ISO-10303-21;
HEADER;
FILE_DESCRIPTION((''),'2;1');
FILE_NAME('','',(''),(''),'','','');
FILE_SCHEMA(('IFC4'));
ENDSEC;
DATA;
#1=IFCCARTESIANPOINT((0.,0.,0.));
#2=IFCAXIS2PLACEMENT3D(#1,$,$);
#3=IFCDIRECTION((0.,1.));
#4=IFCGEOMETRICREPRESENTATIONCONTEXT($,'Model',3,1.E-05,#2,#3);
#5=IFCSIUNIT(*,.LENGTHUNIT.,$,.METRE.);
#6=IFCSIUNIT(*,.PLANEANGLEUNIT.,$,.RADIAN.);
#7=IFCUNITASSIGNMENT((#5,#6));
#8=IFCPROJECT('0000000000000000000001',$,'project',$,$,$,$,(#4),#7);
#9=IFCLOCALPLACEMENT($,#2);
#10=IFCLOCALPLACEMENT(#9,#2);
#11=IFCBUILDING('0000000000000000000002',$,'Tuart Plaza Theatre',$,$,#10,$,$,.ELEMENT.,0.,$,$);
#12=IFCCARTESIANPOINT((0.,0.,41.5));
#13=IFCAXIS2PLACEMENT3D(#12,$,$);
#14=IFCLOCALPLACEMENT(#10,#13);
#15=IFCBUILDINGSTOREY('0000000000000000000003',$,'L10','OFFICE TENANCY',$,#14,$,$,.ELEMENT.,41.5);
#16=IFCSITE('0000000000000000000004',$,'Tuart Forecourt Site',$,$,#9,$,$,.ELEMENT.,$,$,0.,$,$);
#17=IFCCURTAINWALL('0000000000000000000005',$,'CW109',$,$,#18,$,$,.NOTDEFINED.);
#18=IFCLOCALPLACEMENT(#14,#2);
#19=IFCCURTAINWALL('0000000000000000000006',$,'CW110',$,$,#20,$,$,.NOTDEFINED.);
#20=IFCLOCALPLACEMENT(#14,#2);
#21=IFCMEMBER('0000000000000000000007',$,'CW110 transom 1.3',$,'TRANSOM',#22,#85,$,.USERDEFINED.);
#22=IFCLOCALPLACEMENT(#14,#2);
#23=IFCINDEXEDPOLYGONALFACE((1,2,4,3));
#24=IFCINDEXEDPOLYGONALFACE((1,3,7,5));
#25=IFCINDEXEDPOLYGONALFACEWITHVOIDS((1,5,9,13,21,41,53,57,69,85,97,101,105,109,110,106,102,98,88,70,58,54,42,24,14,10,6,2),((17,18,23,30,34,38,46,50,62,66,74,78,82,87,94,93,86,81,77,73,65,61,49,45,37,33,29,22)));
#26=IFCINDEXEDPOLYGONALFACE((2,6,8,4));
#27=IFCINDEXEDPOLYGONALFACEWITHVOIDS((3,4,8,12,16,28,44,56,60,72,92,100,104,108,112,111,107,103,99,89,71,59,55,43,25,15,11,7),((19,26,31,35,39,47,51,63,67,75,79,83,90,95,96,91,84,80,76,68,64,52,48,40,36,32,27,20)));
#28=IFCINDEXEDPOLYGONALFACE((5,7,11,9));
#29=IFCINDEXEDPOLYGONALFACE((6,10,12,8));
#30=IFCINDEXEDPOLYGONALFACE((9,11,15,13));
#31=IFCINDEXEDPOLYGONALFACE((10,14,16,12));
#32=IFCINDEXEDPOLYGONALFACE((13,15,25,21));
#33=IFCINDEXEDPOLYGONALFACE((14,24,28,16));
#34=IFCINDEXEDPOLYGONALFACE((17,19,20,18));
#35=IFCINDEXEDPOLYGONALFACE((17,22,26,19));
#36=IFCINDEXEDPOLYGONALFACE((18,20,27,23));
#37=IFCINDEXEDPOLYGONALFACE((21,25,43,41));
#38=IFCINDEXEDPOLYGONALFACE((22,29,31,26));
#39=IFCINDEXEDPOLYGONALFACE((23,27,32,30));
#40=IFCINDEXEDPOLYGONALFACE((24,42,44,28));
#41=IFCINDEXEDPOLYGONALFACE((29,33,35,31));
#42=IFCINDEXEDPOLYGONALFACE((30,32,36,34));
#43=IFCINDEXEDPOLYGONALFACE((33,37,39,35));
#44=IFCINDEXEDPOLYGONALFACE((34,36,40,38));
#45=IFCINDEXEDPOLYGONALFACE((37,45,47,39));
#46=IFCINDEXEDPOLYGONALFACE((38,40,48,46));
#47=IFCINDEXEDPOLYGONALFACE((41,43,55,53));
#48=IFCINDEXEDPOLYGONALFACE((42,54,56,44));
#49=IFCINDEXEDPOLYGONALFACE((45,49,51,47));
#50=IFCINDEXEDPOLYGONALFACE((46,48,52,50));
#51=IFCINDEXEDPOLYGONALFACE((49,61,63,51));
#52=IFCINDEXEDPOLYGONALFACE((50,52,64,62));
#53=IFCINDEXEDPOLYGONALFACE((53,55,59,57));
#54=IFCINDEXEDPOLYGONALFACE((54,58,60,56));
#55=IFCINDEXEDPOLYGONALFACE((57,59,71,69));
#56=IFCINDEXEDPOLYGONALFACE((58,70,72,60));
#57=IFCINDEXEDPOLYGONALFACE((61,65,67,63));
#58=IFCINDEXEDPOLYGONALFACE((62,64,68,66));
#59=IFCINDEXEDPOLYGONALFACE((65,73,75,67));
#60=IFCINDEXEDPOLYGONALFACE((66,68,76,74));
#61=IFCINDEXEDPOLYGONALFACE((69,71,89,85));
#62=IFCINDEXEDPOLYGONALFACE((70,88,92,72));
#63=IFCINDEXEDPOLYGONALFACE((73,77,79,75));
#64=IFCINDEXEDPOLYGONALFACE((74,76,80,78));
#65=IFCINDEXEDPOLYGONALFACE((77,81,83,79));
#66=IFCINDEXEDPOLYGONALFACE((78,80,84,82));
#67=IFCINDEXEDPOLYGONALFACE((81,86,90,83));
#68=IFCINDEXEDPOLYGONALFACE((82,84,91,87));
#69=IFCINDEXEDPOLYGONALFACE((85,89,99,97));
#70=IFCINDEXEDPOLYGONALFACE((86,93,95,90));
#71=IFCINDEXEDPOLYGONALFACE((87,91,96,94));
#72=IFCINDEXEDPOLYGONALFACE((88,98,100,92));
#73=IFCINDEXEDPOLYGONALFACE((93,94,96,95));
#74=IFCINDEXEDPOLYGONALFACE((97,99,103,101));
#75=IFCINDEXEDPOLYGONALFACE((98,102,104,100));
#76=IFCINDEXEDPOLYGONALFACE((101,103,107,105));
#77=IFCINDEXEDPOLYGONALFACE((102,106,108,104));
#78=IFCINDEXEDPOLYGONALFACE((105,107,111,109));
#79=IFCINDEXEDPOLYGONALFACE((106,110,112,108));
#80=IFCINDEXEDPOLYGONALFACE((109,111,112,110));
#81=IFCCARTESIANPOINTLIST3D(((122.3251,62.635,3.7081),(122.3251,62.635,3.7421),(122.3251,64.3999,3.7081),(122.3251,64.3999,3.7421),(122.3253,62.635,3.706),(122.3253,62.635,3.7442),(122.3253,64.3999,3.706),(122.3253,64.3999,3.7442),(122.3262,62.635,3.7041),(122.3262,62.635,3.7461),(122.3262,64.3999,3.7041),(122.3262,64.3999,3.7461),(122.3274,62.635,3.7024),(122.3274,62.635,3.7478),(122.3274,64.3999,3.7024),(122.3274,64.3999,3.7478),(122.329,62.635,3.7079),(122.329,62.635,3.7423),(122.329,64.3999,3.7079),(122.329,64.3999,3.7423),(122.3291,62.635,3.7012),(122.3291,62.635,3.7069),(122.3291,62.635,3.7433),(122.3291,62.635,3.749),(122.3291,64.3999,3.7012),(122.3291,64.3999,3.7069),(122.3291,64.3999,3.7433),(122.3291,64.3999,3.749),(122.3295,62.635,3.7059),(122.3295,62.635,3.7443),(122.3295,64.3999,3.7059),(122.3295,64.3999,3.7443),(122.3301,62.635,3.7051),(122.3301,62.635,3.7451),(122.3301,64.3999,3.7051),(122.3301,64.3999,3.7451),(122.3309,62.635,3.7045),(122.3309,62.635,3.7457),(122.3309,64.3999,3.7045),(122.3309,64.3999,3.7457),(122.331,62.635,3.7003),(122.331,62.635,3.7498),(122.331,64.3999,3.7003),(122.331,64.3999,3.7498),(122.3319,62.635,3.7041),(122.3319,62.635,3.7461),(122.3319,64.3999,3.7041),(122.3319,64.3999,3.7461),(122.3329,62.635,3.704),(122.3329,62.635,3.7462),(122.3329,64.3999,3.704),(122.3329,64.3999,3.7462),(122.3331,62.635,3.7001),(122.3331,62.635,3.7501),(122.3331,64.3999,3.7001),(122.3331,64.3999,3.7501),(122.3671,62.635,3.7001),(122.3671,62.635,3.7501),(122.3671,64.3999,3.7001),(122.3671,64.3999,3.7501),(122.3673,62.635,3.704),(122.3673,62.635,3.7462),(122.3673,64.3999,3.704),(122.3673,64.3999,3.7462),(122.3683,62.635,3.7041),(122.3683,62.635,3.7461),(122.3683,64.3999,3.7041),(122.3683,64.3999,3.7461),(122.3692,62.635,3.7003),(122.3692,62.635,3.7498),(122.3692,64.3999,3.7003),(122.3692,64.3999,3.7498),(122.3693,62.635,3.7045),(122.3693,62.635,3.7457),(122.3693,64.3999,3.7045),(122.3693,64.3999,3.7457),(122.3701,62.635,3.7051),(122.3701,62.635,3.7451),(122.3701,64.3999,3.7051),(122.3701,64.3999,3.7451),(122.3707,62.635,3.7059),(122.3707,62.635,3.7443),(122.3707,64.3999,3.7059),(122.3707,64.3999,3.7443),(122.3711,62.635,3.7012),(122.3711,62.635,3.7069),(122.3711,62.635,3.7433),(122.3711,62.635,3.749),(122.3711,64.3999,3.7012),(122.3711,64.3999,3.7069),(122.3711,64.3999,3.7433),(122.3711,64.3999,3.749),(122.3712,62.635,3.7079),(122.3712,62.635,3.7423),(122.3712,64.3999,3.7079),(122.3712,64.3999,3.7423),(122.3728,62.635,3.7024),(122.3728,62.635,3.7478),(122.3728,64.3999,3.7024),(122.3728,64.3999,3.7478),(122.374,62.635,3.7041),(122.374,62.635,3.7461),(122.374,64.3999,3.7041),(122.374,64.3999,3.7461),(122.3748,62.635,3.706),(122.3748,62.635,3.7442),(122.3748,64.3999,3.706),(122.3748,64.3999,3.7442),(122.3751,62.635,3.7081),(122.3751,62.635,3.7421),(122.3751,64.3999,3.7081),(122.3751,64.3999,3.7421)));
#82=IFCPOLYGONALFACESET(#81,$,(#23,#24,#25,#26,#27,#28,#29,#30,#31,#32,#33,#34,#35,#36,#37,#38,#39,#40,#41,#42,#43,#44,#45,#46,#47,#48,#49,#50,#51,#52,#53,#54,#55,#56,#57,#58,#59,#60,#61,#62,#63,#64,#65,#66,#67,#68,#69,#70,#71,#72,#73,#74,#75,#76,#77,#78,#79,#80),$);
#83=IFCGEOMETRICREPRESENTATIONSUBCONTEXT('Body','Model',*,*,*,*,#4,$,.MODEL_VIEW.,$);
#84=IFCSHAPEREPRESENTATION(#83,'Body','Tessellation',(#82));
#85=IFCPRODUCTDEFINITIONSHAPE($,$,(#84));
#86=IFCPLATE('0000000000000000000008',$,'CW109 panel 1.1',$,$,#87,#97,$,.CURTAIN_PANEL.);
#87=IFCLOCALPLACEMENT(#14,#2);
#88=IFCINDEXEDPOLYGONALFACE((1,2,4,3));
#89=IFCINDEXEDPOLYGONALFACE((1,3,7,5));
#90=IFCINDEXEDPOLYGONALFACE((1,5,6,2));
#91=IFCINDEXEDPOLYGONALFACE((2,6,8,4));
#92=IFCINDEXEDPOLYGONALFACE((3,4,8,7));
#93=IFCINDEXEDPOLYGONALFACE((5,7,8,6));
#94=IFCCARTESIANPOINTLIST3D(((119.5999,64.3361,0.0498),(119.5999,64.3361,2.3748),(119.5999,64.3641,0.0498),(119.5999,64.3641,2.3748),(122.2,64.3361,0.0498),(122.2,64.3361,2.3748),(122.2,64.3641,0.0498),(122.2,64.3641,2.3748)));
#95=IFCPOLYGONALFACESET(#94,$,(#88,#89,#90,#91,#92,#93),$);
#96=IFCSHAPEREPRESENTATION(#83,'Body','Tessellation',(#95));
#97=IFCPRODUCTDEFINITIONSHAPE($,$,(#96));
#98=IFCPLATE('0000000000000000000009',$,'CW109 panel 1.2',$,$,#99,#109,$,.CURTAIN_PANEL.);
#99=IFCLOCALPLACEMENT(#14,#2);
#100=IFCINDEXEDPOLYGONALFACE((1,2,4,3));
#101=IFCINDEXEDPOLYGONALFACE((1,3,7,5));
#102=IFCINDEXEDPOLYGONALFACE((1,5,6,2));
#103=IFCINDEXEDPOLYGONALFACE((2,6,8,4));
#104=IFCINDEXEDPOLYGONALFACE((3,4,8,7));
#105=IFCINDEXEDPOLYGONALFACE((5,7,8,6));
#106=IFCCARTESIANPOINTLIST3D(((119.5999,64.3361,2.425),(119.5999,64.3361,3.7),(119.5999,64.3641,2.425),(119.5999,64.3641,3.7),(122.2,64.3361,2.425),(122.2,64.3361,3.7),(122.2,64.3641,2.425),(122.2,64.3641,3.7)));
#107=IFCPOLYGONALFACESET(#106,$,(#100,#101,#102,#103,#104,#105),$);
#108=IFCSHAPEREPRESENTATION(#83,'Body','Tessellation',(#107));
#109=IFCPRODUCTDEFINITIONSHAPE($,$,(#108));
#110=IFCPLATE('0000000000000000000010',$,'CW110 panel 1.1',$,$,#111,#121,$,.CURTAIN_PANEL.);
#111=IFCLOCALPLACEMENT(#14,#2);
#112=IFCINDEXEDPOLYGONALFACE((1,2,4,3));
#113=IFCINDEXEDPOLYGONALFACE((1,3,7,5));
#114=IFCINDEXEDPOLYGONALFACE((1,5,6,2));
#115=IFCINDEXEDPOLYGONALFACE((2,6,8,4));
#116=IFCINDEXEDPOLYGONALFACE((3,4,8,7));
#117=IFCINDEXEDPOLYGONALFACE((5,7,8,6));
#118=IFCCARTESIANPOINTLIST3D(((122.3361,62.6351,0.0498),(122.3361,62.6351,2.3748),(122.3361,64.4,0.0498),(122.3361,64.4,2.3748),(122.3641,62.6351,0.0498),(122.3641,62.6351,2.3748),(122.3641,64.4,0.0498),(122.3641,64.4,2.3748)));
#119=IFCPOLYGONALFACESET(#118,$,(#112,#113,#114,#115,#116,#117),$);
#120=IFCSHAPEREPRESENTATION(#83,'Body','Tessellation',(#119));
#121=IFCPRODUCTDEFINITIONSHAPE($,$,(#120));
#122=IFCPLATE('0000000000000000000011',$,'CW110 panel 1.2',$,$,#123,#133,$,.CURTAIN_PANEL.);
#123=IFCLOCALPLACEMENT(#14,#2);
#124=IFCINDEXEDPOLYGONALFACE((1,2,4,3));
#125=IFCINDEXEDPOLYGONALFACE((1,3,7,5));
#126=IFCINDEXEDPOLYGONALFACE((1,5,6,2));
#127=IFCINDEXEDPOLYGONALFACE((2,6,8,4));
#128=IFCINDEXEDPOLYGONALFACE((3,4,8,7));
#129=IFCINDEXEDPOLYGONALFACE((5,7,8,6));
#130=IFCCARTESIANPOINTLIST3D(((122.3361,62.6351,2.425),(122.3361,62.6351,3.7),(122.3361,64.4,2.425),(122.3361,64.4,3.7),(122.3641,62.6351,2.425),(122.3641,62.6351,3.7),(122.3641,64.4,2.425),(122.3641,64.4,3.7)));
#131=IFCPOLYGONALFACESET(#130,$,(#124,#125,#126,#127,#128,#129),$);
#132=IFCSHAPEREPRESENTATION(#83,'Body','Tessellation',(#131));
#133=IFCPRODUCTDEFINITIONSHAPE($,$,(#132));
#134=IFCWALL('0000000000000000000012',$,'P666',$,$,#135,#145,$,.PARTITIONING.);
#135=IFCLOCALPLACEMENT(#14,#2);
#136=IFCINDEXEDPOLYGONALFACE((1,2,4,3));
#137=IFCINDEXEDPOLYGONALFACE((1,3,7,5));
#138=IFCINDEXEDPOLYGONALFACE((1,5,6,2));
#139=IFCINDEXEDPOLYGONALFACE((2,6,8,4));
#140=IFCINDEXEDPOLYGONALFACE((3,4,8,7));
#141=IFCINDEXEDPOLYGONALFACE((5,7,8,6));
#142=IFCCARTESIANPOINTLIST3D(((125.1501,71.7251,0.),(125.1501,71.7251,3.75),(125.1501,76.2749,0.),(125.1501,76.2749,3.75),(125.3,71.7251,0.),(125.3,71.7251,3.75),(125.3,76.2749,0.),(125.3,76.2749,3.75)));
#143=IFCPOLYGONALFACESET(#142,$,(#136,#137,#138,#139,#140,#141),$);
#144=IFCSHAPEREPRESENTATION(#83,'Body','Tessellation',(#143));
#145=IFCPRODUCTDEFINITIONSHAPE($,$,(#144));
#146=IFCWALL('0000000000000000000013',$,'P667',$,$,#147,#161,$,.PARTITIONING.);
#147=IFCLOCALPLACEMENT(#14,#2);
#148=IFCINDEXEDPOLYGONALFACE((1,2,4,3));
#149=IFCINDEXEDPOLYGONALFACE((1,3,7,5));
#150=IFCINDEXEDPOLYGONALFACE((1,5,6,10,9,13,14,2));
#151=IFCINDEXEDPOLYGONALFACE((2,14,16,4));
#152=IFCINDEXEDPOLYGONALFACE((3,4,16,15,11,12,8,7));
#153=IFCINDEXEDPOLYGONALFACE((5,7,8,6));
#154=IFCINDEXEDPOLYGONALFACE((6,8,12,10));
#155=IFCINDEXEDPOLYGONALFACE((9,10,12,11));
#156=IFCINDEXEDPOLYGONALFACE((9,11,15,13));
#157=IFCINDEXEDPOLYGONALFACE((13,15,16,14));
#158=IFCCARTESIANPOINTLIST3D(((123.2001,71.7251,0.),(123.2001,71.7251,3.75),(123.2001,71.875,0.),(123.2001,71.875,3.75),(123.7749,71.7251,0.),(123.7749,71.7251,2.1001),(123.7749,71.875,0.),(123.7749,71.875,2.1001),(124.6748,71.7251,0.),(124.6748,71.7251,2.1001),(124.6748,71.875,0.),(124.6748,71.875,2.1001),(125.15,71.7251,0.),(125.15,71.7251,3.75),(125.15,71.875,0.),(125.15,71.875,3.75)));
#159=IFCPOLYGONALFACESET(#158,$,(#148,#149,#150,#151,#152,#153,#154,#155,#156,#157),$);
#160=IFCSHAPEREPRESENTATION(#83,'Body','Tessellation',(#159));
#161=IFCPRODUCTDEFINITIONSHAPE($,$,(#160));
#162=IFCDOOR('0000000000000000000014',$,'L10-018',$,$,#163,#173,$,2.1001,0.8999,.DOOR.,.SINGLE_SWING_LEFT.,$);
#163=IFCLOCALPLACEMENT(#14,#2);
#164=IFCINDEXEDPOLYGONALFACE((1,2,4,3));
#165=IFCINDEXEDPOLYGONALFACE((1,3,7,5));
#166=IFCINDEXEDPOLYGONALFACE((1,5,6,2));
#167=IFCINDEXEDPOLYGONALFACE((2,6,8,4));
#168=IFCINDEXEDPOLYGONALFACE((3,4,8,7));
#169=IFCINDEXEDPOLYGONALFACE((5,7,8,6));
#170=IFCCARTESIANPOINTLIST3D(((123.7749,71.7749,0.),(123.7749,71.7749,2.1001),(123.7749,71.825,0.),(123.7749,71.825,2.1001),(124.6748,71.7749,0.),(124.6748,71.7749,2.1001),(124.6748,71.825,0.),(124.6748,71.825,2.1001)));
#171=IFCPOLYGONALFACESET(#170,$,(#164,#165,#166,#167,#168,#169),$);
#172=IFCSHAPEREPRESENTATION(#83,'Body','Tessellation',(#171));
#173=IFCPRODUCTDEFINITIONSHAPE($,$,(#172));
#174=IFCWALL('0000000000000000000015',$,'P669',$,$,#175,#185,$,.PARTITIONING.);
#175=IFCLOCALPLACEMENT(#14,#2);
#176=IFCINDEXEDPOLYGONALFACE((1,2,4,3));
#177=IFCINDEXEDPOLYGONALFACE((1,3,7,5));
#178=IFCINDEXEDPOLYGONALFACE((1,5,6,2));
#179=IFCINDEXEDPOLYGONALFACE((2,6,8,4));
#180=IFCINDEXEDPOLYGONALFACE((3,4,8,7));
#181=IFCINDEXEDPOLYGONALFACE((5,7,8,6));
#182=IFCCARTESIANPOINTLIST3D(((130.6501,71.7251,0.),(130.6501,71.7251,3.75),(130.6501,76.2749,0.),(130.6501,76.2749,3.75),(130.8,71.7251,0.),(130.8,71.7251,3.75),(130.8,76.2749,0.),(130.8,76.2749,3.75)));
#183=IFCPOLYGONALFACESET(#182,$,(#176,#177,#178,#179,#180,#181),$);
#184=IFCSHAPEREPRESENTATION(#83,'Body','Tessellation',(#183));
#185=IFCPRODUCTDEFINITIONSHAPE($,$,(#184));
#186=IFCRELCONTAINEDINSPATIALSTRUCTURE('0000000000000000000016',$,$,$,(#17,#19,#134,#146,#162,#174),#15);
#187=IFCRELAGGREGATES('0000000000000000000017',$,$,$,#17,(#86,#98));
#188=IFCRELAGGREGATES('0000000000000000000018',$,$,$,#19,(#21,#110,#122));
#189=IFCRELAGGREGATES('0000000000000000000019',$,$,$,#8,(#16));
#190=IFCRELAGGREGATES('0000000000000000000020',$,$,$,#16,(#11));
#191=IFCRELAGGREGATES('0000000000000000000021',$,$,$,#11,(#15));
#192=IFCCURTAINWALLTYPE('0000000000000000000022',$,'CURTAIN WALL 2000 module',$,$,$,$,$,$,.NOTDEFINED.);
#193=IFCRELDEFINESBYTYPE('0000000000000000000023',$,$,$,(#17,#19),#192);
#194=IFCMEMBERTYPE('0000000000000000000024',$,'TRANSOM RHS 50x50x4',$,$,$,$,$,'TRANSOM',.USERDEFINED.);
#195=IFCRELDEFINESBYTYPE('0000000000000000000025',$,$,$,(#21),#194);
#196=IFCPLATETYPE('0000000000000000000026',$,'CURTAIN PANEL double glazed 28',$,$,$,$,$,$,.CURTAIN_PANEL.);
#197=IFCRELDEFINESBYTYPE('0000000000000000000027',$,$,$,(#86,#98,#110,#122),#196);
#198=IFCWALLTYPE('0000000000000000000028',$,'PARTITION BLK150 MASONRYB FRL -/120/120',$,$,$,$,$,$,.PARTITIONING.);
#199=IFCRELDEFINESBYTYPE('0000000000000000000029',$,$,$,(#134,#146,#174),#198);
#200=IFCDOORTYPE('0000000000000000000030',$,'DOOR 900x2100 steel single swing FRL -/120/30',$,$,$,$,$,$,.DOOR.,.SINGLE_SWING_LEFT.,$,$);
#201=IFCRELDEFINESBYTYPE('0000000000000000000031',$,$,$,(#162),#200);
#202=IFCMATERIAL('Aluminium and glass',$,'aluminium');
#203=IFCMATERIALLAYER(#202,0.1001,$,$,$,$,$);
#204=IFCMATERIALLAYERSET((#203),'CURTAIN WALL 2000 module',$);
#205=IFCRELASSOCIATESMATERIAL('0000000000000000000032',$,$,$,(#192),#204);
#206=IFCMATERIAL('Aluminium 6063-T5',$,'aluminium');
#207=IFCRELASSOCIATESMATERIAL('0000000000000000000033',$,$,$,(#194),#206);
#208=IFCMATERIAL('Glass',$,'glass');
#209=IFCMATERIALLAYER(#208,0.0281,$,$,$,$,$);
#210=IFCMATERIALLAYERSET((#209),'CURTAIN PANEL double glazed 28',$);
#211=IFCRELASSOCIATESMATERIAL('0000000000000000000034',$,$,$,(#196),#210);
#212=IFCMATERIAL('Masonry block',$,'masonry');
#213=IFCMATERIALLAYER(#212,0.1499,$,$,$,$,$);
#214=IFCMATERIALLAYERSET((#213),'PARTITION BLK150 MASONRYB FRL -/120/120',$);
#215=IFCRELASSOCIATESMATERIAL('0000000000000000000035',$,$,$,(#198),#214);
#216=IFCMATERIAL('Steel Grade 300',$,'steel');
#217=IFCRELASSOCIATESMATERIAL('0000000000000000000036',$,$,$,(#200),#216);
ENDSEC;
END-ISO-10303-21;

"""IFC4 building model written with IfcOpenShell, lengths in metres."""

from ifc_helpers import new_model, si_unit, direction, frame, frame_2d, origin, origin_2d, place, context, subcontext, project, spatial, rectangle, hollow_rectangle, extrude, material, layer, layer_set, material_profile, profile_set, type_object, element, fill, aggregate, save


model = new_model("IFC4")

# Units and contexts
model_context = context("Model", 3, precision=1e-05, world=origin(), true_north=direction((0.0, 1.0)))
body_context = subcontext(model_context, "Body", "Model", "MODEL_VIEW")
ifc_project = project(units=[si_unit("LENGTHUNIT", "METRE"), si_unit("PLANEANGLEUNIT", "RADIAN")], contexts=[model_context])

# Site, building, storey
site_placement = place(None, origin())
site = spatial("IfcSite", under=ifc_project, at=site_placement, Name="Tuart Forecourt Site", CompositionType="ELEMENT", RefElevation=0.0)
building_placement = place(site_placement, origin())
building = spatial("IfcBuilding", under=site, at=building_placement, Name="Tuart Plaza Theatre", CompositionType="ELEMENT", ElevationOfRefHeight=0.0)
storey_placement = place(building_placement, frame((0.0, 0.0, 41.5)))
storey = spatial("IfcBuildingStorey", under=building, at=storey_placement, Name="L10", Description="OFFICE TENANCY", CompositionType="ELEMENT", Elevation=41.5)

# Curtain wall
ifc_material_1 = material(Name="Aluminium and glass", Category="aluminium")
ifc_layer_1 = layer(ifc_material_1, 0.1001)
ifc_layer_set_1 = layer_set([ifc_layer_1], Name="CURTAIN WALL 2000 module")
curtain_wall_type = type_object("IfcCurtainWallType", Name="CURTAIN WALL 2000 module", PredefinedType="NOTDEFINED", material=ifc_layer_set_1)
curtain_wall_1_placement = place(storey_placement, origin())
curtain_wall_1 = element("IfcCurtainWall", 1, at=curtain_wall_1_placement, inside=storey, type_object=curtain_wall_type, Name="CW109", PredefinedType="NOTDEFINED")

# Curtain wall
curtain_wall_2_placement = place(storey_placement, origin())
curtain_wall_2 = element("IfcCurtainWall", 2, at=curtain_wall_2_placement, inside=storey, type_object=curtain_wall_type, Name="CW110", PredefinedType="NOTDEFINED")

# Member
ifc_material_2 = material(Name="Aluminium 6063-T5", Category="aluminium")
ifc_material_profile_1 = material_profile(ifc_material_2, hollow_rectangle(XDim=0.05, YDim=0.05, WallThickness=0.0039, InnerFilletRadius=0.0039, OuterFilletRadius=0.0081, at=origin_2d()), Name="RHS 50x50x4")
ifc_profile_set_1 = profile_set([ifc_material_profile_1], Name="Aluminium 6063-T5")
member_type_1 = type_object("IfcMemberType", Name="TRANSOM RHS 50x50x4", ElementType="TRANSOM", PredefinedType="USERDEFINED", material=ifc_profile_set_1)
member_1_placement = place(storey_placement, frame((122.3501, 64.3999, 3.7251), z_axis=(0.0, -1.0, 0.0), x_axis=(1.0, 0.0, 0.0)))
member_1 = element("IfcMember", 3, at=member_1_placement, type_object=member_type_1, Name="CW110 transom 1.3", ObjectType="TRANSOM", PredefinedType="USERDEFINED", context=body_context, shape_type="SweptSolid", body=[
    extrude(hollow_rectangle(XDim=0.05, YDim=0.05, WallThickness=0.0039, InnerFilletRadius=0.0039, OuterFilletRadius=0.0081, at=origin_2d()), origin(), (0.0, 0.0, 1.0), 1.7649),
])

# Plates
ifc_material_3 = material(Name="Glass", Category="glass")
ifc_layer_2 = layer(ifc_material_3, 0.0281)
ifc_layer_set_2 = layer_set([ifc_layer_2], Name="CURTAIN PANEL double glazed 28")
plate_type = type_object("IfcPlateType", Name="CURTAIN PANEL double glazed 28", PredefinedType="CURTAIN_PANEL", material=ifc_layer_set_2)
plate_1_placement = place(storey_placement, frame((120.8999, 64.3501, 0.0498), z_axis=(0.0, 0.0, 1.0), x_axis=(1.0, 0.0, 0.0)))
plate_1 = element("IfcPlate", 4, at=plate_1_placement, type_object=plate_type, Name="CW109 panel 1.1", PredefinedType="CURTAIN_PANEL", context=body_context, shape_type="SweptSolid", body=[
    extrude(rectangle(XDim=2.6001, YDim=0.0281, at=origin_2d()), origin(), (0.0, 0.0, 1.0), 2.325),
])
plate_2_placement = place(storey_placement, frame((120.8999, 64.3501, 2.425), z_axis=(0.0, 0.0, 1.0), x_axis=(1.0, 0.0, 0.0)))
plate_2 = element("IfcPlate", 5, at=plate_2_placement, type_object=plate_type, Name="CW109 panel 1.2", PredefinedType="CURTAIN_PANEL", context=body_context, shape_type="SweptSolid", body=[
    extrude(rectangle(XDim=2.6001, YDim=0.0281, at=origin_2d()), origin(), (0.0, 0.0, 1.0), 1.2749),
])
aggregate(curtain_wall_1, [plate_1, plate_2])
plate_3_placement = place(storey_placement, frame((122.3501, 63.5176, 0.0498), z_axis=(0.0, 0.0, 1.0), x_axis=(0.0, -1.0, 0.0)))
plate_3 = element("IfcPlate", 6, at=plate_3_placement, type_object=plate_type, Name="CW110 panel 1.1", PredefinedType="CURTAIN_PANEL", context=body_context, shape_type="SweptSolid", body=[
    extrude(rectangle(XDim=1.7649, YDim=0.0281, at=origin_2d()), origin(), (0.0, 0.0, 1.0), 2.325),
])
plate_4_placement = place(storey_placement, frame((122.3501, 63.5176, 2.425), z_axis=(0.0, 0.0, 1.0), x_axis=(0.0, -1.0, 0.0)))
plate_4 = element("IfcPlate", 7, at=plate_4_placement, type_object=plate_type, Name="CW110 panel 1.2", PredefinedType="CURTAIN_PANEL", context=body_context, shape_type="SweptSolid", body=[
    extrude(rectangle(XDim=1.7649, YDim=0.0281, at=origin_2d()), origin(), (0.0, 0.0, 1.0), 1.2749),
])
aggregate(curtain_wall_2, [member_1, plate_3, plate_4])

# Wall
ifc_material_4 = material(Name="Masonry block", Category="masonry")
ifc_layer_3 = layer(ifc_material_4, 0.1499)
ifc_layer_set_3 = layer_set([ifc_layer_3], Name="PARTITION BLK150 MASONRYB FRL -/120/120")
wall_type_1 = type_object("IfcWallType", Name="PARTITION BLK150 MASONRYB FRL -/120/120", PredefinedType="PARTITIONING", material=ifc_layer_set_3)
wall_1_placement = place(storey_placement, frame((125.2251, 71.7251, 0.0), z_axis=(0.0, 0.0, 1.0), x_axis=(0.0, 1.0, 0.0)))
element("IfcWall", 8, at=wall_1_placement, inside=storey, type_object=wall_type_1, Name="P666", PredefinedType="PARTITIONING", context=body_context, shape_type="SweptSolid", body=[
    extrude(rectangle(XDim=4.5498, YDim=0.1499, at=frame_2d((2.2749, 0.0))), origin(), (0.0, 0.0, 1.0), 3.75),
])

# Wall, opening, door
wall_2_placement = place(storey_placement, frame((123.2, 71.8, 0.0), z_axis=(0.0, 0.0, 1.0), x_axis=(1.0, 0.0, 0.0)))
wall_2 = element("IfcWall", 9, at=wall_2_placement, inside=storey, type_object=wall_type_1, Name="P667", PredefinedType="PARTITIONING", context=body_context, shape_type="SweptSolid", body=[
    extrude(rectangle(XDim=1.95, YDim=0.1499, at=frame_2d((0.9751, 0.0))), origin(), (0.0, 0.0, 1.0), 3.75),
])
opening_1_placement = place(wall_2_placement, frame((0.575, 0.0, 0.0)))
opening_1 = element("IfcOpeningElement", 10, at=opening_1_placement, cuts=wall_2, PredefinedType="OPENING", context=body_context, shape_type="SweptSolid", body=[
    extrude(rectangle(XDim=0.8999, YDim=2.1001, at=frame_2d((0.45, 1.05))), frame((0.0, 0.085, 0.0), z_axis=(0.0, -1.0, 0.0), x_axis=(1.0, 0.0, 0.0)), (0.0, 0.0, 1.0), 0.1699),
])
ifc_material_5 = material(Name="Steel Grade 300", Category="steel")
door_type_1 = type_object("IfcDoorType", Name="DOOR 900x2100 steel single swing FRL -/120/30", OperationType="SINGLE_SWING_LEFT", PredefinedType="DOOR", material=ifc_material_5)
door_1_placement = place(opening_1_placement, origin())
door_1 = element("IfcDoor", 11, at=door_1_placement, inside=storey, type_object=door_type_1, Name="L10-018", OperationType="SINGLE_SWING_LEFT", OverallHeight=2.1001, OverallWidth=0.8999, PredefinedType="DOOR", context=body_context, shape_type="SweptSolid", body=[
    extrude(rectangle(XDim=0.8999, YDim=2.1001, at=frame_2d((0.45, 1.05))), frame((0.0, 0.0249, 0.0), z_axis=(0.0, -1.0, 0.0), x_axis=(1.0, 0.0, 0.0)), (0.0, 0.0, 1.0), 0.05),
])
fill(opening_1, door_1)

# Wall
wall_3_placement = place(storey_placement, frame((130.7251, 71.7251, 0.0), z_axis=(0.0, 0.0, 1.0), x_axis=(0.0, 1.0, 0.0)))
element("IfcWall", 12, at=wall_3_placement, inside=storey, type_object=wall_type_1, Name="P669", PredefinedType="PARTITIONING", context=body_context, shape_type="SweptSolid", body=[
    extrude(rectangle(XDim=4.5498, YDim=0.1499, at=frame_2d((2.2749, 0.0))), origin(), (0.0, 0.0, 1.0), 3.75),
])

save(model, "model.ifc")
